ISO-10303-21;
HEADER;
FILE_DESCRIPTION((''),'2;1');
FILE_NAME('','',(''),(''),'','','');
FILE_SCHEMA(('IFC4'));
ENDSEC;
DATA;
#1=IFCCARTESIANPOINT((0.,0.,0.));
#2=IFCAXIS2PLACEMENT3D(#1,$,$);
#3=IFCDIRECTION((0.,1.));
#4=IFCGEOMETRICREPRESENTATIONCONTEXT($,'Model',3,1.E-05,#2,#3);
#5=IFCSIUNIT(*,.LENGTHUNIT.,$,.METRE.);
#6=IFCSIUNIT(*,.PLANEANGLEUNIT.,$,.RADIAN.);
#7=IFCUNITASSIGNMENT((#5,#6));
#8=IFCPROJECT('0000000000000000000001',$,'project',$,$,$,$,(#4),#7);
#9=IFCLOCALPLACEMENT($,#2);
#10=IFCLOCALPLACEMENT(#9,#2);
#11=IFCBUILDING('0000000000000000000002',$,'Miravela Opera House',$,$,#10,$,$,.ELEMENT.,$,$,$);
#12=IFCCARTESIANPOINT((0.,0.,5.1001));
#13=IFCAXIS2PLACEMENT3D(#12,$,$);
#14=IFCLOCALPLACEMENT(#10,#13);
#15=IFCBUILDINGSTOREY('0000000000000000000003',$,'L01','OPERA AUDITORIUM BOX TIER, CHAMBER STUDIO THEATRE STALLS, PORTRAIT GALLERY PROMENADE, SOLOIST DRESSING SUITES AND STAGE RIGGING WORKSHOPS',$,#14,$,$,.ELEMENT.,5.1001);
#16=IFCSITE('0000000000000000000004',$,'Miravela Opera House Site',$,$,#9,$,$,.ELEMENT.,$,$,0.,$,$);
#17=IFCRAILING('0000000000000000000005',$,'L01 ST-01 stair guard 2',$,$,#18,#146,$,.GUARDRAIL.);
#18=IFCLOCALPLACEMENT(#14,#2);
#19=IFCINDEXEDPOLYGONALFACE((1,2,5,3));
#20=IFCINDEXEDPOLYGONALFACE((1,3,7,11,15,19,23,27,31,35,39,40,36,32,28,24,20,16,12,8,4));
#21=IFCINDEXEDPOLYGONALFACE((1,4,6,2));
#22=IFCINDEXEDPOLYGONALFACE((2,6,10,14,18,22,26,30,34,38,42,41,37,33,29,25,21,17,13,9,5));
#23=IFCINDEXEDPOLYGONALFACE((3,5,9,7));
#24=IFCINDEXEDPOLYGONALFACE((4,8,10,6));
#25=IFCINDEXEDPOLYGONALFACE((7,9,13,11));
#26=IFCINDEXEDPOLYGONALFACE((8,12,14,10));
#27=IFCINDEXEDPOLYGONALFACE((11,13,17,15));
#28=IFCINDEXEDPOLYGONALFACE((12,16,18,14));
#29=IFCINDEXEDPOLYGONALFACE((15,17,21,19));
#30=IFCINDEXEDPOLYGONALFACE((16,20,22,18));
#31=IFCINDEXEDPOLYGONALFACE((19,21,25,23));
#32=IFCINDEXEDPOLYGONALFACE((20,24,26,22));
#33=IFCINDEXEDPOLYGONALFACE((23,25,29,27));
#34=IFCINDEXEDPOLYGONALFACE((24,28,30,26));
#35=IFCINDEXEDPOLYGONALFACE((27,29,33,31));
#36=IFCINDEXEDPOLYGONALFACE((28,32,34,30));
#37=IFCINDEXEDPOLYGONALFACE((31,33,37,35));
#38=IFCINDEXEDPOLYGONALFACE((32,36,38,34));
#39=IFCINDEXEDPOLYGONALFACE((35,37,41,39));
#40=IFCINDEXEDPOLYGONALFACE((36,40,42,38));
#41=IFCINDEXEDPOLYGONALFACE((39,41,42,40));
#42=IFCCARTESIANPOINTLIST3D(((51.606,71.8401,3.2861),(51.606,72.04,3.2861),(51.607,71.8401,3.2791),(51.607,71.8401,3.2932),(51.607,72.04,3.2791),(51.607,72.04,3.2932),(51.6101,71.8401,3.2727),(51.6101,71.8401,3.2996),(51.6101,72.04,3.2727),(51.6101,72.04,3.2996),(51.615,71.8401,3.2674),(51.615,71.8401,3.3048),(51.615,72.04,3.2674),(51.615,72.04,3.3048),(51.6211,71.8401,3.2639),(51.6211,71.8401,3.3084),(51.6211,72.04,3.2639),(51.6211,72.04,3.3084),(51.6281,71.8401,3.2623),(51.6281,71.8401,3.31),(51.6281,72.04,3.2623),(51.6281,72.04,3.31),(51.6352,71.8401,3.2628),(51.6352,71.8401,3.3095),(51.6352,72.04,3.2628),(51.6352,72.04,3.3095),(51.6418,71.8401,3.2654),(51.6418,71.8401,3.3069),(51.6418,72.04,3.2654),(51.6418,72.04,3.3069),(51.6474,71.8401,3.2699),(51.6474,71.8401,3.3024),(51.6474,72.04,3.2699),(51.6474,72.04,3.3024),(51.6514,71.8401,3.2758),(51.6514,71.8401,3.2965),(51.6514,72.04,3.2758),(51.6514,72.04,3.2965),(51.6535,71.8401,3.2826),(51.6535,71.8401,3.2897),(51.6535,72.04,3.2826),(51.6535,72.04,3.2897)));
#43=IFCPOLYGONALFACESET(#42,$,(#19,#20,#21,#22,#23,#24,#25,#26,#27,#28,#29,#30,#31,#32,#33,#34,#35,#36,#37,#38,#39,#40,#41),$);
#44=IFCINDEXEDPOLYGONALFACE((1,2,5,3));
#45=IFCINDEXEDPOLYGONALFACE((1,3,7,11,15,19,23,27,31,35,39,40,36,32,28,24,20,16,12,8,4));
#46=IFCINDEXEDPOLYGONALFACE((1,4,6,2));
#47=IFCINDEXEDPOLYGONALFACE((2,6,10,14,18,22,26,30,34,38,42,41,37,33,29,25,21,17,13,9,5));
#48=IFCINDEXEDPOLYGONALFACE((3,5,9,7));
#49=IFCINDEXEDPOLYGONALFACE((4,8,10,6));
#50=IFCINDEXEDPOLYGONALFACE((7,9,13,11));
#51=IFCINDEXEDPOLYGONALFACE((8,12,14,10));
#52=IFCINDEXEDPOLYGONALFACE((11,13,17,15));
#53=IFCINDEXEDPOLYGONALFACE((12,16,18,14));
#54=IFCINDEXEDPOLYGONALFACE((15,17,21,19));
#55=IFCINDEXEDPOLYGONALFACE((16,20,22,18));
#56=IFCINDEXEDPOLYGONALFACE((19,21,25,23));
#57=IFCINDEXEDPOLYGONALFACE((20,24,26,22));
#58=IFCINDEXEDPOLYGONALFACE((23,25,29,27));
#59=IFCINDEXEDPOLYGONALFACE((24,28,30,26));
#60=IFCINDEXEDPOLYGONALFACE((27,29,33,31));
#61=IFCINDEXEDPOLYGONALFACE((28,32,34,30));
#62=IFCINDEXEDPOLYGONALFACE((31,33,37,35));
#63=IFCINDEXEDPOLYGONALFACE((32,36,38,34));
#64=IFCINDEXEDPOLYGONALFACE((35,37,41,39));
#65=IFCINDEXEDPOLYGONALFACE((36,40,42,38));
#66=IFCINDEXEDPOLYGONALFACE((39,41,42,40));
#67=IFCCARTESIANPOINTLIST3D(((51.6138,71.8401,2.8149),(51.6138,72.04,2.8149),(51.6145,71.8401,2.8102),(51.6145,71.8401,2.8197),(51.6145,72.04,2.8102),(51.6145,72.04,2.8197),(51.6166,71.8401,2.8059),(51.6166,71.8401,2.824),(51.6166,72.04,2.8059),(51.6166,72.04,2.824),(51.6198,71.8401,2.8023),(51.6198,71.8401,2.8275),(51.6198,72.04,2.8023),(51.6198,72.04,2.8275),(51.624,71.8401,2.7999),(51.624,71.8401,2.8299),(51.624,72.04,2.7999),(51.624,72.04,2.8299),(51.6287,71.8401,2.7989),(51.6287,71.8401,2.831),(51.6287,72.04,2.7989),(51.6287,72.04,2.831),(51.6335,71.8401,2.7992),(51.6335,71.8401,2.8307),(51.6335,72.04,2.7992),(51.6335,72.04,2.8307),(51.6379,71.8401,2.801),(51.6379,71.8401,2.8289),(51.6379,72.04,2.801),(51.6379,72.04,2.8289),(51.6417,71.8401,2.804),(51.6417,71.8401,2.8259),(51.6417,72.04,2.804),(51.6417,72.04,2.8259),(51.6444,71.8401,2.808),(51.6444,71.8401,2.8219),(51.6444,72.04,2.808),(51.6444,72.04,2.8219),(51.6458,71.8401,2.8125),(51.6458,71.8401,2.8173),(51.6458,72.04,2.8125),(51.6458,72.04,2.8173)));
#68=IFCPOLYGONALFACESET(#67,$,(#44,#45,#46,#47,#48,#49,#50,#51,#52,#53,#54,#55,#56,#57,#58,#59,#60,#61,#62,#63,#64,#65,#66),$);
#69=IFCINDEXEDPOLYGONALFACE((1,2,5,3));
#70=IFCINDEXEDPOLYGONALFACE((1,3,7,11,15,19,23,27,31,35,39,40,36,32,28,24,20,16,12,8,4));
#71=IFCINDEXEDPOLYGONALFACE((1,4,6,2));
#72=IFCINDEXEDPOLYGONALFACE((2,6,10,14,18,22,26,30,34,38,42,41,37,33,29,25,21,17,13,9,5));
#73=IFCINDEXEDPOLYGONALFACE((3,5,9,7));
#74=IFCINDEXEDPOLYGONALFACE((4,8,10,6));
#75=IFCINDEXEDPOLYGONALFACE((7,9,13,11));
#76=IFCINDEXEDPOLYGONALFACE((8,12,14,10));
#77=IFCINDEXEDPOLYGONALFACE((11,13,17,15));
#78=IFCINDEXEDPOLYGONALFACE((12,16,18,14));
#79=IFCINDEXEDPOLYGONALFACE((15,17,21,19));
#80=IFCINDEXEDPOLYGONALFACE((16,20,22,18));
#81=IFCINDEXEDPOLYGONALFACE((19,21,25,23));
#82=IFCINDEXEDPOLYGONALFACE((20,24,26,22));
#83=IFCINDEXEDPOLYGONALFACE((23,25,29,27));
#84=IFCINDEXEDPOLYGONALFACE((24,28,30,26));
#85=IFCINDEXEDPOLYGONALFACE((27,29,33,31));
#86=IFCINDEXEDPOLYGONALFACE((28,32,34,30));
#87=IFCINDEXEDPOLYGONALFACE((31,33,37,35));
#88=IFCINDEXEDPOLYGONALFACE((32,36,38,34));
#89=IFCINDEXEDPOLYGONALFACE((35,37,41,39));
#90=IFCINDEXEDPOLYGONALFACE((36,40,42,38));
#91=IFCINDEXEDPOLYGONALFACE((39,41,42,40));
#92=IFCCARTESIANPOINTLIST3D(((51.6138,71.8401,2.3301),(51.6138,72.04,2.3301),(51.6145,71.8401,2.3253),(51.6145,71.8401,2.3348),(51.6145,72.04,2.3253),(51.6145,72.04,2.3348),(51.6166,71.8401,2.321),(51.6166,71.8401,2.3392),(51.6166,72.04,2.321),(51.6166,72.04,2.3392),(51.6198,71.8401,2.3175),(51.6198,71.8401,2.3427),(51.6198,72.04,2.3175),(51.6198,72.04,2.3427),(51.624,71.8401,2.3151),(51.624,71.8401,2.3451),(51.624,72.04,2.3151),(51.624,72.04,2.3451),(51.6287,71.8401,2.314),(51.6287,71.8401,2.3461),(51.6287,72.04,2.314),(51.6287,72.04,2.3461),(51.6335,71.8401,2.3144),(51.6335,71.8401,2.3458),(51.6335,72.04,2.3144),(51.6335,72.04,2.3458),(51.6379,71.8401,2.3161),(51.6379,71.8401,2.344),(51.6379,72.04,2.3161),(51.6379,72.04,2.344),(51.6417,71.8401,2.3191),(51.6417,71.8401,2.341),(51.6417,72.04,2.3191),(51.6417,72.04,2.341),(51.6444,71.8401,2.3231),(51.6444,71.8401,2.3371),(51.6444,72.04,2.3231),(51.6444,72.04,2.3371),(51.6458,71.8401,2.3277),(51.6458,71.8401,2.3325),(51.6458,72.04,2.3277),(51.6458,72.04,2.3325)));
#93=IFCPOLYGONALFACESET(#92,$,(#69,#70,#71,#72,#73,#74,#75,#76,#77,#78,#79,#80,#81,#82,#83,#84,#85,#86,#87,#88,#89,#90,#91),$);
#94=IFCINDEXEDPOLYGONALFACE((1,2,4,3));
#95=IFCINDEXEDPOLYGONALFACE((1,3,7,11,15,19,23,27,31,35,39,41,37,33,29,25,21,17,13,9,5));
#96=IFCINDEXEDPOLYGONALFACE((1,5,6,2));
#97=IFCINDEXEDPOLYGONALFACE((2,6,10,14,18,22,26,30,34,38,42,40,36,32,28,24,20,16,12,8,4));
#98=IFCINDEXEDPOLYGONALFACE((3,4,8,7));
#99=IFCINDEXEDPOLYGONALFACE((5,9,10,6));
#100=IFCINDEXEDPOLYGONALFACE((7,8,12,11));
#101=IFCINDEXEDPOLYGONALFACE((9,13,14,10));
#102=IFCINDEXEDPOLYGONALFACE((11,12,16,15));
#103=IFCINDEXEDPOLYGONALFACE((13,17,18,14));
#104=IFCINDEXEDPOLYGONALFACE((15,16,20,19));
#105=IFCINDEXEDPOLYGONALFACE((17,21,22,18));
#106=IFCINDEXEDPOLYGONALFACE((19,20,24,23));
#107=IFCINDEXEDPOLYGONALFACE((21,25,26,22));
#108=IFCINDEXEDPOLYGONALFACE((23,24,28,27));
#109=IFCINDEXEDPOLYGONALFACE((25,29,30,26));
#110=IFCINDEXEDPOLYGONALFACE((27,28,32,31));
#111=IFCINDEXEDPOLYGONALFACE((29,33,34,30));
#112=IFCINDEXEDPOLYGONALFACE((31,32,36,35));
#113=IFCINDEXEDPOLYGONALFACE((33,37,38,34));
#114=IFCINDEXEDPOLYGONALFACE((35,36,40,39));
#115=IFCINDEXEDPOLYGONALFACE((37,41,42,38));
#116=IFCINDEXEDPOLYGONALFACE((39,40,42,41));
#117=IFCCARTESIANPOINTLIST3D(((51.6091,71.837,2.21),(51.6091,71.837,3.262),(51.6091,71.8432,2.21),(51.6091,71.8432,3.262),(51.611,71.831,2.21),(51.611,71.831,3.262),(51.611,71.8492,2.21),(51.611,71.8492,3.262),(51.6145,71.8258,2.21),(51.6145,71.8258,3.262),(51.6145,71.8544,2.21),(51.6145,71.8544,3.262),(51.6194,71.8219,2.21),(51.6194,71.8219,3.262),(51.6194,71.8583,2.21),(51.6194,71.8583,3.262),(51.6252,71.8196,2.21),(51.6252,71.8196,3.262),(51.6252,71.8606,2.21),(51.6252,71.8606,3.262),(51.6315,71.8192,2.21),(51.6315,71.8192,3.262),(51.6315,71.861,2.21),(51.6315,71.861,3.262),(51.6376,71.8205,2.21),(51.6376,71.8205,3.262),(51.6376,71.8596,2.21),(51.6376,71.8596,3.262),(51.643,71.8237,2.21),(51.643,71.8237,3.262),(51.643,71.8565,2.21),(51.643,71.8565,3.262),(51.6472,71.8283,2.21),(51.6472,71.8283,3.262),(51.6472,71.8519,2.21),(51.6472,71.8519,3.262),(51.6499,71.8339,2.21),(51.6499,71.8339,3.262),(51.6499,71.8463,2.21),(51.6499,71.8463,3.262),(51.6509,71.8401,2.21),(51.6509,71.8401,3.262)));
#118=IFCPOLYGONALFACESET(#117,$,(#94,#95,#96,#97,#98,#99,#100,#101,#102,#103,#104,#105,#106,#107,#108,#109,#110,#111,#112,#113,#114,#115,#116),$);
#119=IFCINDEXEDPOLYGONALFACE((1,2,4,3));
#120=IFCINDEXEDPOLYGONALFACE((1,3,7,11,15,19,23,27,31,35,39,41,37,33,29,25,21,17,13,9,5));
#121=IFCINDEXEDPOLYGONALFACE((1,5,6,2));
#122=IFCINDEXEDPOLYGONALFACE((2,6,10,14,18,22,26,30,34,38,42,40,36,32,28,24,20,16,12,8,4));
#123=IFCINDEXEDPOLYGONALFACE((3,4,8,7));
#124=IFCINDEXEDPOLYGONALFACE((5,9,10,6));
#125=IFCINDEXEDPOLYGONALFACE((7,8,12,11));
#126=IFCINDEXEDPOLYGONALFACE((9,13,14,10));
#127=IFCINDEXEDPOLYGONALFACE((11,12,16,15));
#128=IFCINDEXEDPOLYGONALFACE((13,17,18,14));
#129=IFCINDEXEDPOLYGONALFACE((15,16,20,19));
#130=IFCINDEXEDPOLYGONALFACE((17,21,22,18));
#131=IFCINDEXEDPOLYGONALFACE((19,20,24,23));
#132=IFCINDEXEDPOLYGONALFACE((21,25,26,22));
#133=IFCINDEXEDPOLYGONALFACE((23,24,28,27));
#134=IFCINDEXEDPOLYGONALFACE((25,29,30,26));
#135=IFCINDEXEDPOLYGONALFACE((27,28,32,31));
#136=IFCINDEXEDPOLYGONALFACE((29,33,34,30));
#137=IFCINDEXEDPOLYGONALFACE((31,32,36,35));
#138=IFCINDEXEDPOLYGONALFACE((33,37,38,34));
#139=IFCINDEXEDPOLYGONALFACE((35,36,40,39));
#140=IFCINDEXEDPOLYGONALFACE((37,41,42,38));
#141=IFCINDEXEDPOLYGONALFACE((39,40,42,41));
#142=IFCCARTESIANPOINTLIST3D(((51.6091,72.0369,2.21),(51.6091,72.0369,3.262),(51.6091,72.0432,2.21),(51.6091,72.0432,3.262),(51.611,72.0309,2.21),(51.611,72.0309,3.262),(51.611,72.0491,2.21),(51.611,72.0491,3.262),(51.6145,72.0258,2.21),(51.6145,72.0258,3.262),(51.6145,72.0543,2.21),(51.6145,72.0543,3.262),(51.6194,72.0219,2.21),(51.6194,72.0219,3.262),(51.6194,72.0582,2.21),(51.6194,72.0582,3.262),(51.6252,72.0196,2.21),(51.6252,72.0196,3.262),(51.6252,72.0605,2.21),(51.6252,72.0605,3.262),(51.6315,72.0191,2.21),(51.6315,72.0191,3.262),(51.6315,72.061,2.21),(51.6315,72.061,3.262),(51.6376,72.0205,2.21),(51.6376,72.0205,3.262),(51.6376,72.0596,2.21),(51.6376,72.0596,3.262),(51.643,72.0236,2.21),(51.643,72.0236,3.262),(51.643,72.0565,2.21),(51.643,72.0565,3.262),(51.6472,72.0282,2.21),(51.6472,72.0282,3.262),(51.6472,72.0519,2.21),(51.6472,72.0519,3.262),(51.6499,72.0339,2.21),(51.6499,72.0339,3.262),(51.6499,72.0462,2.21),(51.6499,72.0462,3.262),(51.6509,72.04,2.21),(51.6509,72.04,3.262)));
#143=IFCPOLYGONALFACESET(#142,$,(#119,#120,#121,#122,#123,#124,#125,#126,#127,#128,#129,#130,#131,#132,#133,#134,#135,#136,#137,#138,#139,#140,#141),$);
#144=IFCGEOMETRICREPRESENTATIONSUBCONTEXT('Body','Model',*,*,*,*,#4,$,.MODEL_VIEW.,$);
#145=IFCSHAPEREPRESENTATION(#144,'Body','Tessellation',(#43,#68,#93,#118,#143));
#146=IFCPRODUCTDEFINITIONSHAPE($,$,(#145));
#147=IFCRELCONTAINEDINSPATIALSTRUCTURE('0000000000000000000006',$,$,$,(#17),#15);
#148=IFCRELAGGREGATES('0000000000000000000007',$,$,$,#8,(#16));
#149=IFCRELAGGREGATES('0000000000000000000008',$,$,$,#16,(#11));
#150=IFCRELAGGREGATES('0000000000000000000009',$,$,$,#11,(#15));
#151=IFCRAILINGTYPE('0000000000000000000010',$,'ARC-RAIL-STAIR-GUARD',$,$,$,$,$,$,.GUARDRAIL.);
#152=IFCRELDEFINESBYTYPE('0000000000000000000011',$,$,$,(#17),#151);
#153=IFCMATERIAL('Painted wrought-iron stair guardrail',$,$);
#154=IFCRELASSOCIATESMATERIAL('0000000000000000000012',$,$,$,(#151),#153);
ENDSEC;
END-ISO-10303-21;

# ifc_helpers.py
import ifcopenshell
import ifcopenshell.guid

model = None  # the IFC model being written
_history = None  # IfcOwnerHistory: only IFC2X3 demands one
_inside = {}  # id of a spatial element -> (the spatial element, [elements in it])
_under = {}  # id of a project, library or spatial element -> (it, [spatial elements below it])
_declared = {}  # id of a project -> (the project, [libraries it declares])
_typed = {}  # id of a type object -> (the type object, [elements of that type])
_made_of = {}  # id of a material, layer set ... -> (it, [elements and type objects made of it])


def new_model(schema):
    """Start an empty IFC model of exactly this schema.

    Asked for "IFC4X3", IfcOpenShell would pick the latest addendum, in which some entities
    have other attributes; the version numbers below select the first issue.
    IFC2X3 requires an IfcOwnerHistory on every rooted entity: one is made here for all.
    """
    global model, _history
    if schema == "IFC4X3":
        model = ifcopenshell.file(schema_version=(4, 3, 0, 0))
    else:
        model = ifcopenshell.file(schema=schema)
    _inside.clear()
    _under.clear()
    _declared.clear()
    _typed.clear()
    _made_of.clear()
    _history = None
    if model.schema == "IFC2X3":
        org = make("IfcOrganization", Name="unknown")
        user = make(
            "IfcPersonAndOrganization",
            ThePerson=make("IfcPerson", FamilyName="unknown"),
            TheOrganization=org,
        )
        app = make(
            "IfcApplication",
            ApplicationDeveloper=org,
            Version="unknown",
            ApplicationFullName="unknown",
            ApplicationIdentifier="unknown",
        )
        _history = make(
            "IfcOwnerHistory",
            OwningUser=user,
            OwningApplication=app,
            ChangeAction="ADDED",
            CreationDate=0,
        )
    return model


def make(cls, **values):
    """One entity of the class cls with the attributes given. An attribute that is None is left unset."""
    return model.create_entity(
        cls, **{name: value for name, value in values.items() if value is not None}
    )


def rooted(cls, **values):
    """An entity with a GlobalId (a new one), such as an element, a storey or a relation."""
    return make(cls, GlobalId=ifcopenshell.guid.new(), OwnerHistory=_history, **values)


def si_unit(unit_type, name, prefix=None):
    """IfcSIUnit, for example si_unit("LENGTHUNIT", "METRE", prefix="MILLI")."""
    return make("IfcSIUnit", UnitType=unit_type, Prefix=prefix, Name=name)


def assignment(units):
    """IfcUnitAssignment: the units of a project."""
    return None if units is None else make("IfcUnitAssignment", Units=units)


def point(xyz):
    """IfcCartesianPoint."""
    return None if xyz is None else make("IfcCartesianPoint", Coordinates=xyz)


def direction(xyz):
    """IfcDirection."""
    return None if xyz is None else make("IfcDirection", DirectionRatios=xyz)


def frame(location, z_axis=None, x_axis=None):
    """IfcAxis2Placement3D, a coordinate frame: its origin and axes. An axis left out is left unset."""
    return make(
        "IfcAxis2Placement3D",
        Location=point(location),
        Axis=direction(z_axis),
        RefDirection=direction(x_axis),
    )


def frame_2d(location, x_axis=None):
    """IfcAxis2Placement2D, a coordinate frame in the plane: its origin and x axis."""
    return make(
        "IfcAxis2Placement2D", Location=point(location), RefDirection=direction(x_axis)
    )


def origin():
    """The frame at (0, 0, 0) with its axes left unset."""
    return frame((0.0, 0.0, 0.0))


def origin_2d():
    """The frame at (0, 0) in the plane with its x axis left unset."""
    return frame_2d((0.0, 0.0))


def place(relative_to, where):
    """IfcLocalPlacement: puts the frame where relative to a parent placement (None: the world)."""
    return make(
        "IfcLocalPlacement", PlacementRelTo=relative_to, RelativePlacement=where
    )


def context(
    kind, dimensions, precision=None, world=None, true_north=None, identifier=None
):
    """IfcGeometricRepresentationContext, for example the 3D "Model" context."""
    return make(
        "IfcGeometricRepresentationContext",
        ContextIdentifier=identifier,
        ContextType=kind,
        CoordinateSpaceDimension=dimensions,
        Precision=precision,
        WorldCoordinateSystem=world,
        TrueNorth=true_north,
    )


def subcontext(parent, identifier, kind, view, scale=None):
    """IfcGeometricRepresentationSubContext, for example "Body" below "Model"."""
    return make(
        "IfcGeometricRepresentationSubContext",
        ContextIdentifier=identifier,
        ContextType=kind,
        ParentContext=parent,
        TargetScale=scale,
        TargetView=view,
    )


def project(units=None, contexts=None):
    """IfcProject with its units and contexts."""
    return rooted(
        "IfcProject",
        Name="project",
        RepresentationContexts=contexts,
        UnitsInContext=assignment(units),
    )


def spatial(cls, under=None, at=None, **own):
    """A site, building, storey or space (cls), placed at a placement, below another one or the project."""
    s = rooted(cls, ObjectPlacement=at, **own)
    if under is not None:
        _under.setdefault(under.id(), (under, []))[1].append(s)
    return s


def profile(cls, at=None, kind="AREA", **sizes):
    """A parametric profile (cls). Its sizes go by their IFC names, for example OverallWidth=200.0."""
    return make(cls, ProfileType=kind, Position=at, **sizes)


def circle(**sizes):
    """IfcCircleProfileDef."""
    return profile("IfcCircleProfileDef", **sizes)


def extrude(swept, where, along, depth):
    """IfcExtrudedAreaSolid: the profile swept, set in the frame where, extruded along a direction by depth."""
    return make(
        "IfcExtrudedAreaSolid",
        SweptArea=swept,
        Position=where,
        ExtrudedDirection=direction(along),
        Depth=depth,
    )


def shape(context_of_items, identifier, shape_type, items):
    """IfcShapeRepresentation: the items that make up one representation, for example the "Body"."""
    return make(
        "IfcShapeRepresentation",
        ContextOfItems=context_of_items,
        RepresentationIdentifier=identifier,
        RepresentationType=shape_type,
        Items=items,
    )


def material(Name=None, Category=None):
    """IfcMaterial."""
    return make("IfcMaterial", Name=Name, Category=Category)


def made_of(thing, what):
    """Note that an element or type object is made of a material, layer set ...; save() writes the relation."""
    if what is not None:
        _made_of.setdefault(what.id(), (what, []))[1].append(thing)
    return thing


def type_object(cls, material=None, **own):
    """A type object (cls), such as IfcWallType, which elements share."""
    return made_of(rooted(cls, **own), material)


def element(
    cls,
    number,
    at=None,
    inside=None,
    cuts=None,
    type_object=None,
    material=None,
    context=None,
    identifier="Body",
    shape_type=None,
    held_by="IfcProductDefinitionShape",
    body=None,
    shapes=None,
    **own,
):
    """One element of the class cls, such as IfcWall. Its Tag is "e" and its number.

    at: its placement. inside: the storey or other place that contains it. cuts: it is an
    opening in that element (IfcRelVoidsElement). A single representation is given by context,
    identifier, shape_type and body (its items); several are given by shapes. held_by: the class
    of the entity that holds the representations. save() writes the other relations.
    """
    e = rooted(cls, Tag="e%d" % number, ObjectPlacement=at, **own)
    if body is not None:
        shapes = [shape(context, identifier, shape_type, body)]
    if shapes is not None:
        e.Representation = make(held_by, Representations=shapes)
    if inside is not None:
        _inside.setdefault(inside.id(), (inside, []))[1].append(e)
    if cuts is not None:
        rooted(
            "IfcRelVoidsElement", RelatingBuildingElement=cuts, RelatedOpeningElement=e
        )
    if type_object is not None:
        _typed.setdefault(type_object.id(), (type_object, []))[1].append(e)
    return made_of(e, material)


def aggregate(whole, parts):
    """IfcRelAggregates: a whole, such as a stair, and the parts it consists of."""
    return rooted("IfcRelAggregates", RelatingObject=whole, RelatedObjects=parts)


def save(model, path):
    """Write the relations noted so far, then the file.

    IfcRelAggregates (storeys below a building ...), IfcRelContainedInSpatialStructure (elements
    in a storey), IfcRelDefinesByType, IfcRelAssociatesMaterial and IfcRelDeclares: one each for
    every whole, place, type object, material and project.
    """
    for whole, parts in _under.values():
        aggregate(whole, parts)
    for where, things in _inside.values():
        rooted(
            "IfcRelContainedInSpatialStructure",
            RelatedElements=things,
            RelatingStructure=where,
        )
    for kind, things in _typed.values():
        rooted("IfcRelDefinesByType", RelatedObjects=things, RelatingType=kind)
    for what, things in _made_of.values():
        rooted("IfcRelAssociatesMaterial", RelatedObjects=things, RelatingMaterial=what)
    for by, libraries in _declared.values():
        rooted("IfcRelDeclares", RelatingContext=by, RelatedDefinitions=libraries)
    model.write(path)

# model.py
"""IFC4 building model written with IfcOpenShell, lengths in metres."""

from ifc_helpers import new_model, si_unit, direction, frame, origin, origin_2d, place, context, subcontext, project, spatial, circle, extrude, material, type_object, element, save


model = new_model("IFC4")

# Units and contexts
model_context = context("Model", 3, precision=1e-05, world=origin(), true_north=direction((0.0, 1.0)))
body_context = subcontext(model_context, "Body", "Model", "MODEL_VIEW")
ifc_project = project(units=[si_unit("LENGTHUNIT", "METRE"), si_unit("PLANEANGLEUNIT", "RADIAN")], contexts=[model_context])

# Site, building, storey
site_placement = place(None, origin())
site = spatial("IfcSite", under=ifc_project, at=site_placement, Name="Miravela Opera House Site", CompositionType="ELEMENT", RefElevation=0.0)
building_placement = place(site_placement, origin())
building = spatial("IfcBuilding", under=site, at=building_placement, Name="Miravela Opera House", CompositionType="ELEMENT")
storey_placement = place(building_placement, frame((0.0, 0.0, 5.1001)))
storey = spatial("IfcBuildingStorey", under=building, at=storey_placement, Name="L01", Description="OPERA AUDITORIUM BOX TIER, CHAMBER STUDIO THEATRE STALLS, PORTRAIT GALLERY PROMENADE, SOLOIST DRESSING SUITES AND STAGE RIGGING WORKSHOPS", CompositionType="ELEMENT", Elevation=5.1001)

# Railing
ifc_material_1 = material(Name="Painted wrought-iron stair guardrail")
railing_type_1 = type_object("IfcRailingType", Name="ARC-RAIL-STAIR-GUARD", PredefinedType="GUARDRAIL", material=ifc_material_1)
railing_1_placement = place(storey_placement, frame((51.6299, 71.8401, 2.21)))
element("IfcRailing", 1, at=railing_1_placement, inside=storey, type_object=railing_type_1, Name="L01 ST-01 stair guard 2", PredefinedType="GUARDRAIL", context=body_context, shape_type="SweptSolid", body=[
    extrude(circle(Radius=0.0239, at=origin_2d()), frame((0.0, 0.0, 1.0762), z_axis=(0.0, 1.0, 0.0), x_axis=(-1.0, 0.0, 0.0)), (0.0, 0.0, 1.0), 0.2),
    extrude(circle(Radius=0.0161, at=origin_2d()), frame((0.0, 0.0, 0.605), z_axis=(0.0, 1.0, 0.0), x_axis=(-1.0, 0.0, 0.0)), (0.0, 0.0, 1.0), 0.2),
    extrude(circle(Radius=0.0161, at=origin_2d()), frame((0.0, 0.0, 0.1201), z_axis=(0.0, 1.0, 0.0), x_axis=(-1.0, 0.0, 0.0)), (0.0, 0.0, 1.0), 0.2),
    extrude(circle(Radius=0.021, at=origin_2d()), origin(), (0.0, 0.0, 1.0), 1.052),
    extrude(circle(Radius=0.021, at=origin_2d()), frame((0.0, 0.2, 0.0)), (0.0, 0.0, 1.0), 1.052),
])

save(model, "model.ifc")
